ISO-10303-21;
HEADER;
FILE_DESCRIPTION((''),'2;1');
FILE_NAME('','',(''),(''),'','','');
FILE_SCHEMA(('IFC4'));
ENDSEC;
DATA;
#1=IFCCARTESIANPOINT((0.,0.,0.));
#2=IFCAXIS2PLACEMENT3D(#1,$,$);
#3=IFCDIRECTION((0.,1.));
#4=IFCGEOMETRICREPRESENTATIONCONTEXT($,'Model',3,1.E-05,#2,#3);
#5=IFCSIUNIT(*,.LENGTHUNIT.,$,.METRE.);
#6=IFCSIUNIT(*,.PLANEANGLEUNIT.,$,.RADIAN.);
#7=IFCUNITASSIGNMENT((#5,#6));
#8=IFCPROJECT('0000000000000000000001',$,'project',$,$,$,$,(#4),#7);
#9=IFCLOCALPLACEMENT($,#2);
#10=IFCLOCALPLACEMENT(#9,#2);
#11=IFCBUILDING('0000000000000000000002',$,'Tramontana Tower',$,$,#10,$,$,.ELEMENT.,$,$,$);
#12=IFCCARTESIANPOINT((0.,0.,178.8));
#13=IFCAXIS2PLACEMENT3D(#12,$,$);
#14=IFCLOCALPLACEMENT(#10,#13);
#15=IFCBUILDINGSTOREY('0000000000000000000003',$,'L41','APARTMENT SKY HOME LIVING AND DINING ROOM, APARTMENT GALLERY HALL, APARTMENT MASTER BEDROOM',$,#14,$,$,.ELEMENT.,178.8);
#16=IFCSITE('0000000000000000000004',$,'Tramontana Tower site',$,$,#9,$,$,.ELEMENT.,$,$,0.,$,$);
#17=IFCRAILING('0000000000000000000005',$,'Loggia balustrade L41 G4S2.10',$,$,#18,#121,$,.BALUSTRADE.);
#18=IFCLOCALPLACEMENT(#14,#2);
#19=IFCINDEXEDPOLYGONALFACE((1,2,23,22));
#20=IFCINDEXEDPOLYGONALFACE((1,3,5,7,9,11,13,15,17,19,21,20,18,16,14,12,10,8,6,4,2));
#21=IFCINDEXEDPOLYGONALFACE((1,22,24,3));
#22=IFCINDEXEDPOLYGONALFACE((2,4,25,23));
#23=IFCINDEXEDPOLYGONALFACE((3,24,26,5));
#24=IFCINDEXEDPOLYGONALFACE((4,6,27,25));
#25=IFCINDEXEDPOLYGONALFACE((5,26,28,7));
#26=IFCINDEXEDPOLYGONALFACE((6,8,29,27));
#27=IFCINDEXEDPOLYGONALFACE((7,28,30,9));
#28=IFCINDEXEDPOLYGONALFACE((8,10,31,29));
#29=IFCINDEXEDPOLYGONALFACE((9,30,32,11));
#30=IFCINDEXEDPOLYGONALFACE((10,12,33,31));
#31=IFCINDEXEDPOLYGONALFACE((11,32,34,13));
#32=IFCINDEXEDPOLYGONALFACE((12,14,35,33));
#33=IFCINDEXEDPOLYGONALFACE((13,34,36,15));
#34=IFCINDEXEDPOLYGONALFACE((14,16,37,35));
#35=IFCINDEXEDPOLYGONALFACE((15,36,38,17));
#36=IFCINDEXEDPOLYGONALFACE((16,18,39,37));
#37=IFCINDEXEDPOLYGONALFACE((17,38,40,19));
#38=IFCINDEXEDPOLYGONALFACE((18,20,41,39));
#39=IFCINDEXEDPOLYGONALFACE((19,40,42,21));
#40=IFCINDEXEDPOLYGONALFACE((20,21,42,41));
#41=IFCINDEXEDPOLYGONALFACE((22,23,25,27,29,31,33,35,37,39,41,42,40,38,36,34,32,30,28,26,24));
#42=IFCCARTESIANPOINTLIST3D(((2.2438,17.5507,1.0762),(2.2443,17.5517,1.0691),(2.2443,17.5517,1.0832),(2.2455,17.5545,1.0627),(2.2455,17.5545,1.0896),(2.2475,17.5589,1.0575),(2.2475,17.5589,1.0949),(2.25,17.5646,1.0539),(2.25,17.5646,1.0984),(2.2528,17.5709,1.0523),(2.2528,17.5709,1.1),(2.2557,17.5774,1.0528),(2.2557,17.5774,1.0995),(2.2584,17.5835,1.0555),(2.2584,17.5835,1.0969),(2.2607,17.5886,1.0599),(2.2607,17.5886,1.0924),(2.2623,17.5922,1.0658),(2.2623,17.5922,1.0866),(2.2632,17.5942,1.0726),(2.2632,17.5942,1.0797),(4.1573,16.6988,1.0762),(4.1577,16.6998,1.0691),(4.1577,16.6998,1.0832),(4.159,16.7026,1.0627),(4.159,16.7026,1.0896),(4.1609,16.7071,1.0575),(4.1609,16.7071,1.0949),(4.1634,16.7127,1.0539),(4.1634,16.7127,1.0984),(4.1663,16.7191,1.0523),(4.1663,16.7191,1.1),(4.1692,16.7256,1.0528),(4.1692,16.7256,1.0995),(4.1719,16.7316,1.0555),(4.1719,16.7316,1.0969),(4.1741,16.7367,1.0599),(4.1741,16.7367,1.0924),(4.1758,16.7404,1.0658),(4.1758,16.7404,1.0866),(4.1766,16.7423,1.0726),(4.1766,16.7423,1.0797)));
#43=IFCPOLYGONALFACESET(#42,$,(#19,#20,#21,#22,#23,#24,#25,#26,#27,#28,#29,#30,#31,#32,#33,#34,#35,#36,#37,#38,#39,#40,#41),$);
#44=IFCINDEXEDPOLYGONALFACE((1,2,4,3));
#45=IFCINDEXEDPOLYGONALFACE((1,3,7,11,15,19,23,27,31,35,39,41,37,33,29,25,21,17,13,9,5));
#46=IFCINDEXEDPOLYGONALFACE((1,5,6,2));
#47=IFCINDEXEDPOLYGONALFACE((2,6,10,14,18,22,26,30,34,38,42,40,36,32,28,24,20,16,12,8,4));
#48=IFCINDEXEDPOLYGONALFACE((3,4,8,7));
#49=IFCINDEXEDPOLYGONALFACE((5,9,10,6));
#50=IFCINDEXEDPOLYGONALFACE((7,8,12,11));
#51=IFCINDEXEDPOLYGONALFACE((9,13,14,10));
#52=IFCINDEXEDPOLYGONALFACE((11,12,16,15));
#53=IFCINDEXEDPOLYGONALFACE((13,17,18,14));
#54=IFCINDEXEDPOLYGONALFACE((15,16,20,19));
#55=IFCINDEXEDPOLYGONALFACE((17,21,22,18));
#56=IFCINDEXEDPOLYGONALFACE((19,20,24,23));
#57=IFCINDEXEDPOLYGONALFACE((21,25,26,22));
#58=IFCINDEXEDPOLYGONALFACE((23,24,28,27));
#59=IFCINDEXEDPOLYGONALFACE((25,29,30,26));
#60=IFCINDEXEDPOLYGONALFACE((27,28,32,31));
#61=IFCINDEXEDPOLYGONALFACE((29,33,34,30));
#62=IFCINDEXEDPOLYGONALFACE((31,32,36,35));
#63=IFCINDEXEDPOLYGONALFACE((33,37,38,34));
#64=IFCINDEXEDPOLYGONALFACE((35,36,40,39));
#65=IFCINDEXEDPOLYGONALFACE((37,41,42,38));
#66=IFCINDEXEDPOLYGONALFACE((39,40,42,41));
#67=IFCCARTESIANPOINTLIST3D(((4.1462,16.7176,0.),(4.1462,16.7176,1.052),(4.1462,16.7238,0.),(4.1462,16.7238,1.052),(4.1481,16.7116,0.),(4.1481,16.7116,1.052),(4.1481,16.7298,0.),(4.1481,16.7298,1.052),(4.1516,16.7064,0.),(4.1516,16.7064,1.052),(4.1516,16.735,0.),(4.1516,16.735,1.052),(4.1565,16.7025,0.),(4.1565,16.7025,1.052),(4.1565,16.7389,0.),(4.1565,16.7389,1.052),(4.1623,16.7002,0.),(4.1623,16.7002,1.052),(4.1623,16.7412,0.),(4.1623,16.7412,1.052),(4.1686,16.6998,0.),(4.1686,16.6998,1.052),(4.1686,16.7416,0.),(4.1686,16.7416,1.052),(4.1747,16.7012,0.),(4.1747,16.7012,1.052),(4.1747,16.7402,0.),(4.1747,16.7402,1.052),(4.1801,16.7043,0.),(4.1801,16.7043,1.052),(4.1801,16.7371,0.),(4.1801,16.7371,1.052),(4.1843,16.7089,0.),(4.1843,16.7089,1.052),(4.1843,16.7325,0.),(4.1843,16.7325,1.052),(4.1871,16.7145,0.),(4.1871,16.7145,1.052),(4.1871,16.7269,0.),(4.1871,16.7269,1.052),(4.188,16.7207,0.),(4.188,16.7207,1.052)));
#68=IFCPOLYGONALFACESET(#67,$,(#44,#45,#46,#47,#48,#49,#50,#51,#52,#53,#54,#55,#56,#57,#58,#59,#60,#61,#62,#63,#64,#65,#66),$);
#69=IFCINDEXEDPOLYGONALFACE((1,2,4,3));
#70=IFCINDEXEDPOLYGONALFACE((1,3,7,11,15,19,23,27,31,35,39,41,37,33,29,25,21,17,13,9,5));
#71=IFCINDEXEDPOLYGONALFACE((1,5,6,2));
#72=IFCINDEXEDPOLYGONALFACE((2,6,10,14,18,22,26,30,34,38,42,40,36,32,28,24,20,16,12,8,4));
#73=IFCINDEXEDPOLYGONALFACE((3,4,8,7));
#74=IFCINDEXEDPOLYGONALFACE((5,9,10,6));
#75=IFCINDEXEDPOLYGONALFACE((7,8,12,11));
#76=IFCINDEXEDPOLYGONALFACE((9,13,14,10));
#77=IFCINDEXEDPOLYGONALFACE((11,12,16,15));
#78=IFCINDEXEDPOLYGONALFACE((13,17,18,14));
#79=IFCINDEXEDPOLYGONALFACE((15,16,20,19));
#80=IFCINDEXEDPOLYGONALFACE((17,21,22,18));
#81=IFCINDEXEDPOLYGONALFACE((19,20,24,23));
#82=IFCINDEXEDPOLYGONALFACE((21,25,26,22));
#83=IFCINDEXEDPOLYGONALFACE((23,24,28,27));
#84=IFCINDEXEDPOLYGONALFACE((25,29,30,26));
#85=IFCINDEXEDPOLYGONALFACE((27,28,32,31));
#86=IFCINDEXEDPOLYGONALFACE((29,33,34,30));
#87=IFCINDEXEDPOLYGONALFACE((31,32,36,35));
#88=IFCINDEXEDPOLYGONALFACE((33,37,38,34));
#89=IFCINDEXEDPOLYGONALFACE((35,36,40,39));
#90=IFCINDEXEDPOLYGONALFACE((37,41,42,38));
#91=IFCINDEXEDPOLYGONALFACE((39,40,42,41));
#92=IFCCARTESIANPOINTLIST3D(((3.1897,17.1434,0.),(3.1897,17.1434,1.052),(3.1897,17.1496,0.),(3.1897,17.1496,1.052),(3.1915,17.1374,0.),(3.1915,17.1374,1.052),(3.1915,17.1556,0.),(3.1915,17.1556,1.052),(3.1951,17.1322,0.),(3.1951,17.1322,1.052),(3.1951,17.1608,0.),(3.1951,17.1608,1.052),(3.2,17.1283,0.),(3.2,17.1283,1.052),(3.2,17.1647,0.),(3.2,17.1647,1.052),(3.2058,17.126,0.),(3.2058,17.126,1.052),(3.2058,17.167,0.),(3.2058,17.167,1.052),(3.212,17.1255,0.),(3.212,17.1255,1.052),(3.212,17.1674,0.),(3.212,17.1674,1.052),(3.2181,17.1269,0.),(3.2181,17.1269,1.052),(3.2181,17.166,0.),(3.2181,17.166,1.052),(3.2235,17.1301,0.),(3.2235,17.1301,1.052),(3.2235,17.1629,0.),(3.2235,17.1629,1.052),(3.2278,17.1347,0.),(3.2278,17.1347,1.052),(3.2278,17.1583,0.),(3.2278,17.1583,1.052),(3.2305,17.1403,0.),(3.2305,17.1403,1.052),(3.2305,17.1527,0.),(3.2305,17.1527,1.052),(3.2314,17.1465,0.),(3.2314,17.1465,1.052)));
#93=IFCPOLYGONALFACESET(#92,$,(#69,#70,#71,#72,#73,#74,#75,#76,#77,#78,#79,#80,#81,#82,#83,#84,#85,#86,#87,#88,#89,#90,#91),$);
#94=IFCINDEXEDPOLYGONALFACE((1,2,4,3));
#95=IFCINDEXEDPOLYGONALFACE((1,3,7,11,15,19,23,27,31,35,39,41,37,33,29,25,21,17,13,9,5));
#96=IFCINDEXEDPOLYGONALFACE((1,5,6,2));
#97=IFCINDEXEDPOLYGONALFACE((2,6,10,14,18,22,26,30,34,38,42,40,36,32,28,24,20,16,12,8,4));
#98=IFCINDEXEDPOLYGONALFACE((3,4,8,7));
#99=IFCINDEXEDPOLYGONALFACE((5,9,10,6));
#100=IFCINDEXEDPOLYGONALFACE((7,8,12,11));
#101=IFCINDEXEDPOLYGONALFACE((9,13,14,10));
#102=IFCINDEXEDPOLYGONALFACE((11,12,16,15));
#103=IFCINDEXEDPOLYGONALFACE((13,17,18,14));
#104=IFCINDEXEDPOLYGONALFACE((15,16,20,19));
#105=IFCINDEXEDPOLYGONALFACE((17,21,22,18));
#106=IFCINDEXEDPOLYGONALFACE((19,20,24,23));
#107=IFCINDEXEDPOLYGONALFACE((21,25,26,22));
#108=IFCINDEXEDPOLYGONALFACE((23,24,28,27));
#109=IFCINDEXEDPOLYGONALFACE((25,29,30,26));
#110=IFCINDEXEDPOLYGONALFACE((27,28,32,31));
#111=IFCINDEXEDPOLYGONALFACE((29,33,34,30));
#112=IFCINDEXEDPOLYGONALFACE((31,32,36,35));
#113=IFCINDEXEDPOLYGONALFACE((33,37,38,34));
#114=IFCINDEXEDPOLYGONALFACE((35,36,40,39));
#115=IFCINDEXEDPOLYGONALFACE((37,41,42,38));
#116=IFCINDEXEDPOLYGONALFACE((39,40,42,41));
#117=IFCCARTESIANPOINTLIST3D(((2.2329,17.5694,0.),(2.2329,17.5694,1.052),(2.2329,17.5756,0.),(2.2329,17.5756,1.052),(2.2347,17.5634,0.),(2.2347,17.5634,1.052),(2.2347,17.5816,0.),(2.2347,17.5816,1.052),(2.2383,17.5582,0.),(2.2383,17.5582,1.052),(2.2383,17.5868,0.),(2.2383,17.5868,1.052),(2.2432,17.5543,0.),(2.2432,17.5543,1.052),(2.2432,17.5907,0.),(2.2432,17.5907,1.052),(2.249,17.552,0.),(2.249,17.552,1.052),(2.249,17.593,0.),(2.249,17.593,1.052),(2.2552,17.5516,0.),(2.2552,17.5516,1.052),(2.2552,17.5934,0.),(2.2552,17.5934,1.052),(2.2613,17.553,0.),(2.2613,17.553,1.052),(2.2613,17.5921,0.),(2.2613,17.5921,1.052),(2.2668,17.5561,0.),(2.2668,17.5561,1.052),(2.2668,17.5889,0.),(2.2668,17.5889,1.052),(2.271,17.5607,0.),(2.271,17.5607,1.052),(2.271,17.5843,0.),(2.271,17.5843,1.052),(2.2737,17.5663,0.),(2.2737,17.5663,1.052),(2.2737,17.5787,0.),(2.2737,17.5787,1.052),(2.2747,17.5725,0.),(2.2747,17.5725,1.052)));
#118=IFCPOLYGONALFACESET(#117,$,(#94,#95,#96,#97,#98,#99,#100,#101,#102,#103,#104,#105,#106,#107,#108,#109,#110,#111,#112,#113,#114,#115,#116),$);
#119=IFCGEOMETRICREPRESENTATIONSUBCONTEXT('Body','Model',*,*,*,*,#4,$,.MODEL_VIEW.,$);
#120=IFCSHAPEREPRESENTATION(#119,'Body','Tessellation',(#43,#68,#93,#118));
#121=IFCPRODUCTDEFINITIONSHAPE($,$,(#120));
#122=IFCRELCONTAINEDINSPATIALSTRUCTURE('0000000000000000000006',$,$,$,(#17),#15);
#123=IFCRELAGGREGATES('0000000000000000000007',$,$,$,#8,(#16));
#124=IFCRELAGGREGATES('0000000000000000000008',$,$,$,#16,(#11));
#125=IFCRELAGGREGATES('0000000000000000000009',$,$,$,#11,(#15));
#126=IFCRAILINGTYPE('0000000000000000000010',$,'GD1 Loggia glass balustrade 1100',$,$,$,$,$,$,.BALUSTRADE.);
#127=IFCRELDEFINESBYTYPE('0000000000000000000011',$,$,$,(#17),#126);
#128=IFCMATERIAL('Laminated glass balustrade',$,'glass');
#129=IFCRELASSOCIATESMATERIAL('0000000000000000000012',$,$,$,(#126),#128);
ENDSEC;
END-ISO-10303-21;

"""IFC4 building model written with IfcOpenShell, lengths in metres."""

from ifc_helpers import new_model, si_unit, direction, frame, origin, origin_2d, place, context, subcontext, project, spatial, circle, extrude, material, type_object, element, save


model = new_model("IFC4")

# Units and contexts
model_context = context("Model", 3, precision=1e-05, world=origin(), true_north=direction((0.0, 1.0)))
body_context = subcontext(model_context, "Body", "Model", "MODEL_VIEW")
ifc_project = project(units=[si_unit("LENGTHUNIT", "METRE"), si_unit("PLANEANGLEUNIT", "RADIAN")], contexts=[model_context])

# Site, building, storey
site_placement = place(None, origin())
site = spatial("IfcSite", under=ifc_project, at=site_placement, Name="Tramontana Tower site", CompositionType="ELEMENT", RefElevation=0.0)
building_placement = place(site_placement, origin())
building = spatial("IfcBuilding", under=site, at=building_placement, Name="Tramontana Tower", CompositionType="ELEMENT")
storey_placement = place(building_placement, frame((0.0, 0.0, 178.8)))
storey = spatial("IfcBuildingStorey", under=building, at=storey_placement, Name="L41", Description="APARTMENT SKY HOME LIVING AND DINING ROOM, APARTMENT GALLERY HALL, APARTMENT MASTER BEDROOM", CompositionType="ELEMENT", Elevation=178.8)

# Railing
ifc_material_1 = material(Name="Laminated glass balustrade", Category="glass")
railing_type = type_object("IfcRailingType", Name="GD1 Loggia glass balustrade 1100", PredefinedType="BALUSTRADE", material=ifc_material_1)
railing_placement = place(storey_placement, frame((4.167, 16.7207, 0.0)))
element("IfcRailing", 1, at=railing_placement, inside=storey, type_object=railing_type, Name="Loggia balustrade L41 G4S2.10", PredefinedType="BALUSTRADE", context=body_context, shape_type="SweptSolid", body=[
    extrude(circle(Radius=0.0239, at=origin_2d()), frame((0.0, 0.0, 1.0762), z_axis=(-0.913557, 0.406712, 0.0), x_axis=(-0.406712, -0.913557, 0.0)), (0.0, 0.0, 1.0), 2.0945),
    extrude(circle(Radius=0.021, at=origin_2d()), origin(), (0.0, 0.0, 1.0), 1.052),
    extrude(circle(Radius=0.021, at=origin_2d()), frame((-0.9565, 0.4258, 0.0)), (0.0, 0.0, 1.0), 1.052),
    extrude(circle(Radius=0.021, at=origin_2d()), frame((-1.9133, 0.8518, 0.0)), (0.0, 0.0, 1.0), 1.052),
])

save(model, "model.ifc")
